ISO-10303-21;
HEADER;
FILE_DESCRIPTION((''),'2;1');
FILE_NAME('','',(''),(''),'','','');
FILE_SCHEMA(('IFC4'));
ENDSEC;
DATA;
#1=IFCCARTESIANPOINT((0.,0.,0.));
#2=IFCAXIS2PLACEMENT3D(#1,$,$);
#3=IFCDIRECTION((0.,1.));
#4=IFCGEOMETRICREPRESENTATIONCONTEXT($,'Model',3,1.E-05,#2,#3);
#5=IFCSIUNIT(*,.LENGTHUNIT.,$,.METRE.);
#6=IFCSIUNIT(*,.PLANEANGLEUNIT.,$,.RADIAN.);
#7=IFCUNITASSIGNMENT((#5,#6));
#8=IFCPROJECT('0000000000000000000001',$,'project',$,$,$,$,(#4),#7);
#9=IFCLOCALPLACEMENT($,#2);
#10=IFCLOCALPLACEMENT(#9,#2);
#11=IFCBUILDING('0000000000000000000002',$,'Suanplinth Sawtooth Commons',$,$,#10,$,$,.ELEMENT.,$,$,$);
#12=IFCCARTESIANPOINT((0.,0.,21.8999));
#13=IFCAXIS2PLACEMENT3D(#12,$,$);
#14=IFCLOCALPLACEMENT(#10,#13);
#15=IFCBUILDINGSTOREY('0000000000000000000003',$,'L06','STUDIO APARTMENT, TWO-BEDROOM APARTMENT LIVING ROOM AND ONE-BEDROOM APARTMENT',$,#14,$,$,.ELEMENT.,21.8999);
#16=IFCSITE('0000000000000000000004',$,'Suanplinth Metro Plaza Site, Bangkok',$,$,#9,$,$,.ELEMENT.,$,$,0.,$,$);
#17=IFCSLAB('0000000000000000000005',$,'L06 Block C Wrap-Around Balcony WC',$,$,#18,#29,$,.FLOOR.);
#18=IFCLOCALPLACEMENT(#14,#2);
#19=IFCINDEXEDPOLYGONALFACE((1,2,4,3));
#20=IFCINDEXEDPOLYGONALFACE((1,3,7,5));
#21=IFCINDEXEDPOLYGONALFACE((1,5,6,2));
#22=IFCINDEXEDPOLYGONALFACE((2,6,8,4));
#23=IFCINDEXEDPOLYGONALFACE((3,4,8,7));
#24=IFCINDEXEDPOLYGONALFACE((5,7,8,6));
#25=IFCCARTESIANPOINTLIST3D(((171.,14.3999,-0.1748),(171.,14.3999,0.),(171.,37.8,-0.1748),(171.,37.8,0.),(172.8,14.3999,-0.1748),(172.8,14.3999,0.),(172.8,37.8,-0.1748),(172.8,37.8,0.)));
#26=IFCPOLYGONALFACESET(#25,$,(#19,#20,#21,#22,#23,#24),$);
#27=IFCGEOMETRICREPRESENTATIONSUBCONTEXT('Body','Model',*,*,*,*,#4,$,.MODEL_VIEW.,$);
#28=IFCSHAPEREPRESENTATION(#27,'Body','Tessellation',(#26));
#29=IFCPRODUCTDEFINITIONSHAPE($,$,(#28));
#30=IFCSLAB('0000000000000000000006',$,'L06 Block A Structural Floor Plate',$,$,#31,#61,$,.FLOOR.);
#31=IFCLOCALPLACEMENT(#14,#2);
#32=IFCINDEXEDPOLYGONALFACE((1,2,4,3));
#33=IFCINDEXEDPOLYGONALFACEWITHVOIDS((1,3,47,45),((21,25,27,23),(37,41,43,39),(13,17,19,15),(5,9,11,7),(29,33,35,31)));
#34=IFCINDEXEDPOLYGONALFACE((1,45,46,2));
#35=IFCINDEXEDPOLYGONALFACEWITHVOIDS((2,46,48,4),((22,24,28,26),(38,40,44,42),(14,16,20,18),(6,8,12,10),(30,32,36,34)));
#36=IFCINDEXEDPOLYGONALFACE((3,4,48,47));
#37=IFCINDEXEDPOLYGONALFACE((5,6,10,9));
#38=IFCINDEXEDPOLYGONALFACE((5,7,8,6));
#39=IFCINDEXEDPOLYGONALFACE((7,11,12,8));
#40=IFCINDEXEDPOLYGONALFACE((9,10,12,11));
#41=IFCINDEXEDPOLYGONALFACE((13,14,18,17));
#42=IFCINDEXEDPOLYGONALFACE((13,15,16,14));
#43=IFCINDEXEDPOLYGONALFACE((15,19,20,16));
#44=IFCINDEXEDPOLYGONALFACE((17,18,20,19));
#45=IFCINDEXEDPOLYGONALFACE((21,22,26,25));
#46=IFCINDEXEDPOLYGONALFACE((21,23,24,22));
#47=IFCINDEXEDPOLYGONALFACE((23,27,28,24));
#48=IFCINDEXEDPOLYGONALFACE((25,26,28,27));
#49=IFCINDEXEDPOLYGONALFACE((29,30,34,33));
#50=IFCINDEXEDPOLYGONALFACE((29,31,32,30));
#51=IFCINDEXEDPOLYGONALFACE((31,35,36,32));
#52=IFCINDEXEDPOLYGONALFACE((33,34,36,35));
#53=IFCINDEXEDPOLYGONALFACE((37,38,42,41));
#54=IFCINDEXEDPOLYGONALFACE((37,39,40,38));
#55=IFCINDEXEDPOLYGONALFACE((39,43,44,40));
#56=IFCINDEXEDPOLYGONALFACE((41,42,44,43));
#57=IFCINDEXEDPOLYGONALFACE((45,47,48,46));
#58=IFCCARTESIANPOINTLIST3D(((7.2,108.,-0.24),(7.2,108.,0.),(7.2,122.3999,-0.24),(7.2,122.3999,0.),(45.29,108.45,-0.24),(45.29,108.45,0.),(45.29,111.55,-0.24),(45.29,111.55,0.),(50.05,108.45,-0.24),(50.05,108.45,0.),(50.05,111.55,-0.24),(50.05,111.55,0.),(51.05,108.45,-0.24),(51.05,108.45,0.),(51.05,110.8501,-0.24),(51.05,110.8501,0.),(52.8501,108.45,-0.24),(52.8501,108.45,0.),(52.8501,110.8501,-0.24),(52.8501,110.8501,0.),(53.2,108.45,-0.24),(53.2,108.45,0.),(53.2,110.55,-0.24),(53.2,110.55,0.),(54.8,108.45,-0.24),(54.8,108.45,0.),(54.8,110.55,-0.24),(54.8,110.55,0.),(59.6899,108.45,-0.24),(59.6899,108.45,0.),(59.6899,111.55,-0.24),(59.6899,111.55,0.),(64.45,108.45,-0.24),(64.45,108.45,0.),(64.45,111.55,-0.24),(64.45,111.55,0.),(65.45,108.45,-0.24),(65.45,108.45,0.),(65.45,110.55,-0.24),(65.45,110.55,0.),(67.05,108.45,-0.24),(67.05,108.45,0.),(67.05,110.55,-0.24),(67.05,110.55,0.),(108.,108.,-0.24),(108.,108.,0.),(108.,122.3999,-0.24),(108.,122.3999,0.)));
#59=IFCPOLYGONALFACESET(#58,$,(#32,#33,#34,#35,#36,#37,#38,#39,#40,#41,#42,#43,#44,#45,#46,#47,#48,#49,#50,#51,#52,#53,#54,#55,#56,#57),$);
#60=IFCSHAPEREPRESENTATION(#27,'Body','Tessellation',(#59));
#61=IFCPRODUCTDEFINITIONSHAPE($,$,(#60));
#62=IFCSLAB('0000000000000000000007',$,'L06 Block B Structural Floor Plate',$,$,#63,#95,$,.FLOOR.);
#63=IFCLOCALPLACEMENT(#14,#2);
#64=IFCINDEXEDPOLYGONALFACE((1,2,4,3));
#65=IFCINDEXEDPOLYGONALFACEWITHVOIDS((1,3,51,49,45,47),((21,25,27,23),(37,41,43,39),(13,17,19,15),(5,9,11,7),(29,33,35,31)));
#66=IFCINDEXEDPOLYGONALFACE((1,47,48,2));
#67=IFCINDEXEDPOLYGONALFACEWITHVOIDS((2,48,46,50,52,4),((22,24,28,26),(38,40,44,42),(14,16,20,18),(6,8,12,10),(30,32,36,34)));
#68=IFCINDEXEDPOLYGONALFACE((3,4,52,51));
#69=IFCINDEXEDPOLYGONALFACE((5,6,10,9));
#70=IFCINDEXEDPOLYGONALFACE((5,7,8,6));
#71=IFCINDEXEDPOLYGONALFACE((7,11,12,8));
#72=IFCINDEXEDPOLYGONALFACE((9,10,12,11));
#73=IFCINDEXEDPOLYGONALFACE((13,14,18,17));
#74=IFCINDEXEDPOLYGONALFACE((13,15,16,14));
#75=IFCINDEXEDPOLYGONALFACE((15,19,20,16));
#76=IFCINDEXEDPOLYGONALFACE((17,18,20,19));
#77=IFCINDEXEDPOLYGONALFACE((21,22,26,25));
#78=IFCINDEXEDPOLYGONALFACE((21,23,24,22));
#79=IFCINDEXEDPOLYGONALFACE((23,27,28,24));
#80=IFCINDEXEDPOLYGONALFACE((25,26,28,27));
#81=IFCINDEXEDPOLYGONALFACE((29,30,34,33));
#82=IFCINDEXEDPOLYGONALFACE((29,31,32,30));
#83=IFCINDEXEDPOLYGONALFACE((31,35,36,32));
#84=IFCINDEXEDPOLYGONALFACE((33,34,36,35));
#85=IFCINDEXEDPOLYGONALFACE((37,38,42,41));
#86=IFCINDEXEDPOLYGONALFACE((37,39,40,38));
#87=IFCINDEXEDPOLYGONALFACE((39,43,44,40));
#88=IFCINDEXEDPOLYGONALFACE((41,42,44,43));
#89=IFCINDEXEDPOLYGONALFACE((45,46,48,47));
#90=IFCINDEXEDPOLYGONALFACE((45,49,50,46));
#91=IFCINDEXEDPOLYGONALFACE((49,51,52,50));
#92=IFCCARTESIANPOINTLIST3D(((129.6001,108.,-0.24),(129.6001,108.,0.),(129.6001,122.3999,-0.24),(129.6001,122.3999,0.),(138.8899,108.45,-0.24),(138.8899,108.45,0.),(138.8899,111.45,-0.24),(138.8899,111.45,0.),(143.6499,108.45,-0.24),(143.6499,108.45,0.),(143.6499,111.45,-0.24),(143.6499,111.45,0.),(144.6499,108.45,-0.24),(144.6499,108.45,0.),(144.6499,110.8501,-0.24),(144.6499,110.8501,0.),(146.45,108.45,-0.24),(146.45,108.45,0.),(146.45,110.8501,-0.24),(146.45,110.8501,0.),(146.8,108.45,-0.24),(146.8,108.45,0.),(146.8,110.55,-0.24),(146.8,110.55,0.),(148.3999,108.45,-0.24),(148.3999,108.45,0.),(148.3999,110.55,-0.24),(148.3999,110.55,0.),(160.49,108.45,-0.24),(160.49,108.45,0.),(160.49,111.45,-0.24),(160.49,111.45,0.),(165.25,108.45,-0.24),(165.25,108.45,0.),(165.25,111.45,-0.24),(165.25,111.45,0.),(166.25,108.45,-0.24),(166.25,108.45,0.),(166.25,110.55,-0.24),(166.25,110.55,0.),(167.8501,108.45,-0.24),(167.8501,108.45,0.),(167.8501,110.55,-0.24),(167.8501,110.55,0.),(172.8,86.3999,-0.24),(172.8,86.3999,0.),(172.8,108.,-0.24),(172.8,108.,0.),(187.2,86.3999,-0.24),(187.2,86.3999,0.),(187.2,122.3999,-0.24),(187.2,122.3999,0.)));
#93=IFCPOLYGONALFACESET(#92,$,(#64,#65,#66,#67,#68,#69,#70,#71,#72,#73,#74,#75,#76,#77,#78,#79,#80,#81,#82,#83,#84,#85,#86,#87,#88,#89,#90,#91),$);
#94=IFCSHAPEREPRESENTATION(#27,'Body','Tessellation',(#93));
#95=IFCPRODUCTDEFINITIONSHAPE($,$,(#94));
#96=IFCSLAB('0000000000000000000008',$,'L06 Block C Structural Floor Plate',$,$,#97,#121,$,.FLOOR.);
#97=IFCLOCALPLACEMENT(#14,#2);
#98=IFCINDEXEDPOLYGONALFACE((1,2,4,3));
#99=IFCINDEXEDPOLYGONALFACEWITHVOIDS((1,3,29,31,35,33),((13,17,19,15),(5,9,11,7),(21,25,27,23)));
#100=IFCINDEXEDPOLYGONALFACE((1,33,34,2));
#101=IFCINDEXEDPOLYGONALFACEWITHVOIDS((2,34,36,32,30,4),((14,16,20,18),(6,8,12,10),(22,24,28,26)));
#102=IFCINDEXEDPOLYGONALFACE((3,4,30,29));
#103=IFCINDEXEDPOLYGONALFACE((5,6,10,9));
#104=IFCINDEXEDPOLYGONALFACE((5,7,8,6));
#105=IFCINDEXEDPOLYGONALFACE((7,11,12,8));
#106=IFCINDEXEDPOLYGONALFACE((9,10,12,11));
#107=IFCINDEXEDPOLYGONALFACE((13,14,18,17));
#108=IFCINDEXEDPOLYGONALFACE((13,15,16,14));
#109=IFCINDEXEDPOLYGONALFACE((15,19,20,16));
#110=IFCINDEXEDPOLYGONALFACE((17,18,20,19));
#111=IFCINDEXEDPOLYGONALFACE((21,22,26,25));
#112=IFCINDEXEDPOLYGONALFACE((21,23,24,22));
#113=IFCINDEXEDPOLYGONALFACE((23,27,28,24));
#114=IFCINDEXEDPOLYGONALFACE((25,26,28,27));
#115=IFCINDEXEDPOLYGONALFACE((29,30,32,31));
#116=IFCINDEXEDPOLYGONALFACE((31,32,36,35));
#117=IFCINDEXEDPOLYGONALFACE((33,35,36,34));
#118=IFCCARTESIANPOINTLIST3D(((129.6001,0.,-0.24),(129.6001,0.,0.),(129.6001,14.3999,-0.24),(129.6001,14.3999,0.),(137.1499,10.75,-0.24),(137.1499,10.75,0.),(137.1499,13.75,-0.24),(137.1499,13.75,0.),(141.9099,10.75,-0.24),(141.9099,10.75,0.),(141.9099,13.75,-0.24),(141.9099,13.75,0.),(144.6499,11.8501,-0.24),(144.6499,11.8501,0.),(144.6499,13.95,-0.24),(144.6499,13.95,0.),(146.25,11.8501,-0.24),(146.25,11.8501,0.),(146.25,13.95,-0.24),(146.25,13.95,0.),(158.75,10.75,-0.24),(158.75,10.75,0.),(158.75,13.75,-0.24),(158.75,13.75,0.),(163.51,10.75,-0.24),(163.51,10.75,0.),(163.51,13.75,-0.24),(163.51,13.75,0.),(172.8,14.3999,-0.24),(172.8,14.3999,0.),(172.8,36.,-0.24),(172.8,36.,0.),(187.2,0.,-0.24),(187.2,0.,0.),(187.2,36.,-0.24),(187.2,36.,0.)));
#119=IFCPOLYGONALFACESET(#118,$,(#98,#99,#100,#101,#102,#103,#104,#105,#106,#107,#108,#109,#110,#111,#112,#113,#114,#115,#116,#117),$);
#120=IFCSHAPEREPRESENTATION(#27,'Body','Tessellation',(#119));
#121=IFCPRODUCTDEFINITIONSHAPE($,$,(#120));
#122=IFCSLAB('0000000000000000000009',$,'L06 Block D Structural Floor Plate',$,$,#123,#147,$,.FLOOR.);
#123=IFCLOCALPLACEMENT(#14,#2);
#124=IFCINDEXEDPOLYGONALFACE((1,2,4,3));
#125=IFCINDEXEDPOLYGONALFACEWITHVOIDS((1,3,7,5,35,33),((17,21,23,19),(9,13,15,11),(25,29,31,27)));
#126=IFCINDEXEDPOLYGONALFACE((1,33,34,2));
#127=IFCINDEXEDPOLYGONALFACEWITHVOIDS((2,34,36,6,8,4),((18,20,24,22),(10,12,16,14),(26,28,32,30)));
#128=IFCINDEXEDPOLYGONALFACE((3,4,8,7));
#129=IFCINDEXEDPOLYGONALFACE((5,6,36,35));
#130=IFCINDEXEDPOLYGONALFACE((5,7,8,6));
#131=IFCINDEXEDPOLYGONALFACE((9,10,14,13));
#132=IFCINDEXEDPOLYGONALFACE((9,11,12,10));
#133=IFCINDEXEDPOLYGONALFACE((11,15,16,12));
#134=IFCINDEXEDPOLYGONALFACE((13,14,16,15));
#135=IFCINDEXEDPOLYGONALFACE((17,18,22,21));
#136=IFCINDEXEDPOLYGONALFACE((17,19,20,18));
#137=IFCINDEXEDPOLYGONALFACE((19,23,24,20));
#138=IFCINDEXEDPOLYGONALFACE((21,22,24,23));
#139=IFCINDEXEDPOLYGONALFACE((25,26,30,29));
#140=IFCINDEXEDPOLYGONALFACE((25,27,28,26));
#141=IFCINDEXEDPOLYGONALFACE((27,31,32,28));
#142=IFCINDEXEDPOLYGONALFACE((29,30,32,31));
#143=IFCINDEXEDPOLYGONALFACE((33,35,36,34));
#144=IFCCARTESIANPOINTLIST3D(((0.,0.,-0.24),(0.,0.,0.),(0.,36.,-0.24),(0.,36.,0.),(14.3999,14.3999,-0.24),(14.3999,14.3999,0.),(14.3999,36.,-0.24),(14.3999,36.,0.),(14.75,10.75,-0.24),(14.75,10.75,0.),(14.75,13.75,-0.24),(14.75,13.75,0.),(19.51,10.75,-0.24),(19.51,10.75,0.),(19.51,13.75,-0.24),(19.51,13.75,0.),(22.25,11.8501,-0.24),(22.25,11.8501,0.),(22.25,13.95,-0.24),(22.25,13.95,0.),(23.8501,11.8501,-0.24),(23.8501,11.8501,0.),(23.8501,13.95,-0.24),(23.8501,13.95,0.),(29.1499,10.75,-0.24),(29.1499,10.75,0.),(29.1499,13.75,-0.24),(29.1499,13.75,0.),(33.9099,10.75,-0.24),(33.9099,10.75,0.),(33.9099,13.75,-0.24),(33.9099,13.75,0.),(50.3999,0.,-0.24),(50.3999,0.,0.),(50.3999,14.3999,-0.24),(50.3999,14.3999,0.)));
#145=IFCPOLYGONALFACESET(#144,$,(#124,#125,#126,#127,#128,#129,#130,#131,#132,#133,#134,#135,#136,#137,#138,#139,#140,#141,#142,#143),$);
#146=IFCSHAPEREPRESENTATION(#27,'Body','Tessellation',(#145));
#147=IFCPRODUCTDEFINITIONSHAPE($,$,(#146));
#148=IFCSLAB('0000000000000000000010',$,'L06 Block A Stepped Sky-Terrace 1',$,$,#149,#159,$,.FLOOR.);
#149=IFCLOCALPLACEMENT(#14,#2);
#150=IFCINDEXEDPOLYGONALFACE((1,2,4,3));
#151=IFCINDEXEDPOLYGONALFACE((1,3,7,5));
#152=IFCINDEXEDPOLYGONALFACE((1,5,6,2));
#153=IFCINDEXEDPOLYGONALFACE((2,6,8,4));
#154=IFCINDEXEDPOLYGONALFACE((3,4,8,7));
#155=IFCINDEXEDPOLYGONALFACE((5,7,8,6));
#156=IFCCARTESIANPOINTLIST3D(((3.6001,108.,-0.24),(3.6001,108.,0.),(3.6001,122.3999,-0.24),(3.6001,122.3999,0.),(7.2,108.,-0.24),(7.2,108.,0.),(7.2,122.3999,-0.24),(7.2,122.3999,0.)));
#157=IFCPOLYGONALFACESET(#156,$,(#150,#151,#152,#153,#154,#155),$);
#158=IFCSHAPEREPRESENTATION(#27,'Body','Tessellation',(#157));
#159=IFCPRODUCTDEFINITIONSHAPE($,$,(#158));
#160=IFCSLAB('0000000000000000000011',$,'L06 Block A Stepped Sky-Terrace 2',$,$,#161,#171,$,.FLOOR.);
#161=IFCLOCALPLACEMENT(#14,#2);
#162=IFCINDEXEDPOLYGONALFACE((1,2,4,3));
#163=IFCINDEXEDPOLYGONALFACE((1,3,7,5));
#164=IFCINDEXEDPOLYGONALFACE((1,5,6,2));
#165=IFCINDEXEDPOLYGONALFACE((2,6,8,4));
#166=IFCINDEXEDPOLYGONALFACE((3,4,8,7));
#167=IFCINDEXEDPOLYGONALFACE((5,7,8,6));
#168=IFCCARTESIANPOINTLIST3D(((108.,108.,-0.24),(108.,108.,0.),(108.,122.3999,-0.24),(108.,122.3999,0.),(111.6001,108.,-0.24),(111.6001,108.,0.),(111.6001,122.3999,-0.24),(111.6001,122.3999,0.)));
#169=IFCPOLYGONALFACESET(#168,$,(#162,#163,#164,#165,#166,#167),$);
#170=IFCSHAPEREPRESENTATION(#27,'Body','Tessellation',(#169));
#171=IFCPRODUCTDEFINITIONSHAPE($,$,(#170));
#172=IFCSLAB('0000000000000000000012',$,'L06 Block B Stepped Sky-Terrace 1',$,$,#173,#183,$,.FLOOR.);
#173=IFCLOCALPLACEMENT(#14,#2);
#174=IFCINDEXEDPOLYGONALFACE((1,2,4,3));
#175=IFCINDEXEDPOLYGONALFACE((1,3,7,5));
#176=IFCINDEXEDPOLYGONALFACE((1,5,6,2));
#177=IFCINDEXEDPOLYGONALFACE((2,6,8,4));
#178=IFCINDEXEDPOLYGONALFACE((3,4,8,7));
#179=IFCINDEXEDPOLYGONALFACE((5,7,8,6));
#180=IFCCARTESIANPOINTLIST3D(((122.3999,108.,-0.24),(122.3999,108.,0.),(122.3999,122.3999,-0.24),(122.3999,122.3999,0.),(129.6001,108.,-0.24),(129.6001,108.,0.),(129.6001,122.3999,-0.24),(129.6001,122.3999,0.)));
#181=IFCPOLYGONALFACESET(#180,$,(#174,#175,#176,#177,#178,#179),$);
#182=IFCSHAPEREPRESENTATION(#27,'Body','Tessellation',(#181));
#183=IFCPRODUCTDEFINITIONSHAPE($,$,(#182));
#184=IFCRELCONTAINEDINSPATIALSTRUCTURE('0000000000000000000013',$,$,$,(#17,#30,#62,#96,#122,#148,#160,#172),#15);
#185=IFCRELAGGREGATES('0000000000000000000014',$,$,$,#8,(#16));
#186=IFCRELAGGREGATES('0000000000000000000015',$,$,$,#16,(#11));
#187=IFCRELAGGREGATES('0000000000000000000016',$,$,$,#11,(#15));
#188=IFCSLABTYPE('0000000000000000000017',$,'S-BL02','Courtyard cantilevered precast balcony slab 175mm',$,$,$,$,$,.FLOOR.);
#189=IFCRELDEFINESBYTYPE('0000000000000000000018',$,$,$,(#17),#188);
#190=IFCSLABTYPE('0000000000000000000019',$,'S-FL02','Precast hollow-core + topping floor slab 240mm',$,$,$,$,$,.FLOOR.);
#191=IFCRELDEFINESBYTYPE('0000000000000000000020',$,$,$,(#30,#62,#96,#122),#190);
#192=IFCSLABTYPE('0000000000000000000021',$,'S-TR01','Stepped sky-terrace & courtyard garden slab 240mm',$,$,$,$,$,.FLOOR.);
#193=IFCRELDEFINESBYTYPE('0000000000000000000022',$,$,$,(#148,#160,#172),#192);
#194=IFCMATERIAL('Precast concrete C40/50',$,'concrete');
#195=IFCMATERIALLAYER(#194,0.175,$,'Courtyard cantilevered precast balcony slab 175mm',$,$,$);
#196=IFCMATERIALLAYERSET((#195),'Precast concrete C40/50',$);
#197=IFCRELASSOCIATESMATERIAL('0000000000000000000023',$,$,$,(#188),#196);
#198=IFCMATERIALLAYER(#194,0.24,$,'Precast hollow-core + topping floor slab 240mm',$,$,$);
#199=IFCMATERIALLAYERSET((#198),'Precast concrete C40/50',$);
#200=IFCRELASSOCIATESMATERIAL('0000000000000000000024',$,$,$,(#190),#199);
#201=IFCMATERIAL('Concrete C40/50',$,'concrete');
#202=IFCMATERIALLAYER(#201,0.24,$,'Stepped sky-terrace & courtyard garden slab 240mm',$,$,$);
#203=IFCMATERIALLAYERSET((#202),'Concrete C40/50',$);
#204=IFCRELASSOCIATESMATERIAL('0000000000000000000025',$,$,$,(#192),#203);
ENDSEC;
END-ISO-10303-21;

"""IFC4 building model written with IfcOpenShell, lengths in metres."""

from ifc_helpers import new_model, si_unit, direction, frame, origin, place, context, subcontext, project, spatial, polyline, outline, extrude, material, layer, layer_set, type_object, element, save


model = new_model("IFC4")

# Units and contexts
model_context = context("Model", 3, precision=1e-05, world=origin(), true_north=direction((0.0, 1.0)))
body_context = subcontext(model_context, "Body", "Model", "MODEL_VIEW")
ifc_project = project(units=[si_unit("LENGTHUNIT", "METRE"), si_unit("PLANEANGLEUNIT", "RADIAN")], contexts=[model_context])

# Site, building, storey
site_placement = place(None, origin())
site = spatial("IfcSite", under=ifc_project, at=site_placement, Name="Suanplinth Metro Plaza Site, Bangkok", CompositionType="ELEMENT", RefElevation=0.0)
building_placement = place(site_placement, origin())
building = spatial("IfcBuilding", under=site, at=building_placement, Name="Suanplinth Sawtooth Commons", CompositionType="ELEMENT")
storey_placement = place(building_placement, frame((0.0, 0.0, 21.8999)))
storey = spatial("IfcBuildingStorey", under=building, at=storey_placement, Name="L06", Description="STUDIO APARTMENT, TWO-BEDROOM APARTMENT LIVING ROOM AND ONE-BEDROOM APARTMENT", CompositionType="ELEMENT", Elevation=21.8999)

# Shared definitions
ifc_material_1 = material(Name="Precast concrete C40/50", Category="concrete")

# Slabs
ifc_layer_1 = layer(ifc_material_1, 0.175, Name="Courtyard cantilevered precast balcony slab 175mm")
ifc_layer_set_1 = layer_set([ifc_layer_1], Name="Precast concrete C40/50")
slab_type_1 = type_object("IfcSlabType", Name="S-BL02", Description="Courtyard cantilevered precast balcony slab 175mm", PredefinedType="FLOOR", material=ifc_layer_set_1)
slab_1_placement = place(storey_placement, frame((0.0, 0.0, -0.1748)))
element("IfcSlab", 1, at=slab_1_placement, inside=storey, type_object=slab_type_1, Name="L06 Block C Wrap-Around Balcony WC", PredefinedType="FLOOR", context=body_context, shape_type="SweptSolid", body=[
    extrude(outline(polyline([(172.8, 14.3999), (171.0, 14.3999), (171.0, 37.8), (172.8, 37.8), (172.8, 14.3999)])), origin(), (0.0, 0.0, 1.0), 0.1748),
])
ifc_layer_2 = layer(ifc_material_1, 0.24, Name="Precast hollow-core + topping floor slab 240mm")
ifc_layer_set_2 = layer_set([ifc_layer_2], Name="Precast concrete C40/50")
slab_type_2 = type_object("IfcSlabType", Name="S-FL02", Description="Precast hollow-core + topping floor slab 240mm", PredefinedType="FLOOR", material=ifc_layer_set_2)
slab_2_placement = place(storey_placement, frame((0.0, 0.0, -0.24)))
element("IfcSlab", 2, at=slab_2_placement, inside=storey, type_object=slab_type_2, Name="L06 Block A Structural Floor Plate", PredefinedType="FLOOR", context=body_context, shape_type="SweptSolid", body=[
    extrude(outline(polyline([(7.2, 108.0), (108.0, 108.0), (108.0, 122.3999), (7.2, 122.3999), (7.2, 108.0)]), holes=[polyline([(45.29, 108.45), (50.05, 108.45), (50.05, 111.55), (45.29, 111.55), (45.29, 108.45)]), polyline([(51.05, 108.45), (52.8501, 108.45), (52.8501, 110.8501), (51.05, 110.8501), (51.05, 108.45)]), polyline([(53.2, 108.45), (54.8, 108.45), (54.8, 110.55), (53.2, 110.55), (53.2, 108.45)]), polyline([(59.6899, 108.45), (64.45, 108.45), (64.45, 111.55), (59.6899, 111.55), (59.6899, 108.45)]), polyline([(65.45, 108.45), (67.05, 108.45), (67.05, 110.55), (65.45, 110.55), (65.45, 108.45)])]), origin(), (0.0, 0.0, 1.0), 0.24),
])
slab_3_placement = place(storey_placement, frame((0.0, 0.0, -0.24)))
element("IfcSlab", 3, at=slab_3_placement, inside=storey, type_object=slab_type_2, Name="L06 Block B Structural Floor Plate", PredefinedType="FLOOR", context=body_context, shape_type="SweptSolid", body=[
    extrude(outline(polyline([(172.8, 108.0), (129.6001, 108.0), (129.6001, 122.3999), (187.2, 122.3999), (187.2, 86.3999), (172.8, 86.3999), (172.8, 108.0)]), holes=[polyline([(138.8899, 108.45), (143.6499, 108.45), (143.6499, 111.45), (138.8899, 111.45), (138.8899, 108.45)]), polyline([(144.6499, 108.45), (146.45, 108.45), (146.45, 110.8501), (144.6499, 110.8501), (144.6499, 108.45)]), polyline([(146.8, 108.45), (148.3999, 108.45), (148.3999, 110.55), (146.8, 110.55), (146.8, 108.45)]), polyline([(160.49, 108.45), (165.25, 108.45), (165.25, 111.45), (160.49, 111.45), (160.49, 108.45)]), polyline([(166.25, 108.45), (167.8501, 108.45), (167.8501, 110.55), (166.25, 110.55), (166.25, 108.45)])]), origin(), (0.0, 0.0, 1.0), 0.24),
])
slab_4_placement = place(storey_placement, frame((0.0, 0.0, -0.24)))
element("IfcSlab", 4, at=slab_4_placement, inside=storey, type_object=slab_type_2, Name="L06 Block C Structural Floor Plate", PredefinedType="FLOOR", context=body_context, shape_type="SweptSolid", body=[
    extrude(outline(polyline([(187.2, 0.0), (129.6001, 0.0), (129.6001, 14.3999), (172.8, 14.3999), (172.8, 36.0), (187.2, 36.0), (187.2, 0.0)]), holes=[polyline([(137.1499, 10.75), (141.9099, 10.75), (141.9099, 13.75), (137.1499, 13.75), (137.1499, 10.75)]), polyline([(144.6499, 11.8501), (146.25, 11.8501), (146.25, 13.95), (144.6499, 13.95), (144.6499, 11.8501)]), polyline([(158.75, 10.75), (163.51, 10.75), (163.51, 13.75), (158.75, 13.75), (158.75, 10.75)])]), origin(), (0.0, 0.0, 1.0), 0.24),
])
slab_5_placement = place(storey_placement, frame((0.0, 0.0, -0.24)))
element("IfcSlab", 5, at=slab_5_placement, inside=storey, type_object=slab_type_2, Name="L06 Block D Structural Floor Plate", PredefinedType="FLOOR", context=body_context, shape_type="SweptSolid", body=[
    extrude(outline(polyline([(0.0, 0.0), (0.0, 36.0), (14.3999, 36.0), (14.3999, 14.3999), (50.3999, 14.3999), (50.3999, 0.0), (0.0, 0.0)]), holes=[polyline([(14.75, 10.75), (19.51, 10.75), (19.51, 13.75), (14.75, 13.75), (14.75, 10.75)]), polyline([(22.25, 11.8501), (23.8501, 11.8501), (23.8501, 13.95), (22.25, 13.95), (22.25, 11.8501)]), polyline([(29.1499, 10.75), (33.9099, 10.75), (33.9099, 13.75), (29.1499, 13.75), (29.1499, 10.75)])]), origin(), (0.0, 0.0, 1.0), 0.24),
])
ifc_material_2 = material(Name="Concrete C40/50", Category="concrete")
ifc_layer_3 = layer(ifc_material_2, 0.24, Name="Stepped sky-terrace & courtyard garden slab 240mm")
ifc_layer_set_3 = layer_set([ifc_layer_3], Name="Concrete C40/50")
slab_type_3 = type_object("IfcSlabType", Name="S-TR01", Description="Stepped sky-terrace & courtyard garden slab 240mm", PredefinedType="FLOOR", material=ifc_layer_set_3)
slab_6_placement = place(storey_placement, frame((0.0, 0.0, -0.24)))
element("IfcSlab", 6, at=slab_6_placement, inside=storey, type_object=slab_type_3, Name="L06 Block A Stepped Sky-Terrace 1", PredefinedType="FLOOR", context=body_context, shape_type="SweptSolid", body=[
    extrude(outline(polyline([(3.6001, 108.0), (3.6001, 122.3999), (7.2, 122.3999), (7.2, 108.0), (3.6001, 108.0)])), origin(), (0.0, 0.0, 1.0), 0.24),
])
slab_7_placement = place(storey_placement, frame((0.0, 0.0, -0.24)))
element("IfcSlab", 7, at=slab_7_placement, inside=storey, type_object=slab_type_3, Name="L06 Block A Stepped Sky-Terrace 2", PredefinedType="FLOOR", context=body_context, shape_type="SweptSolid", body=[
    extrude(outline(polyline([(111.6001, 122.3999), (111.6001, 108.0), (108.0, 108.0), (108.0, 122.3999), (111.6001, 122.3999)])), origin(), (0.0, 0.0, 1.0), 0.24),
])
slab_8_placement = place(storey_placement, frame((0.0, 0.0, -0.24)))
element("IfcSlab", 8, at=slab_8_placement, inside=storey, type_object=slab_type_3, Name="L06 Block B Stepped Sky-Terrace 1", PredefinedType="FLOOR", context=body_context, shape_type="SweptSolid", body=[
    extrude(outline(polyline([(122.3999, 108.0), (122.3999, 122.3999), (129.6001, 122.3999), (129.6001, 108.0), (122.3999, 108.0)])), origin(), (0.0, 0.0, 1.0), 0.24),
])

save(model, "model.ifc")
